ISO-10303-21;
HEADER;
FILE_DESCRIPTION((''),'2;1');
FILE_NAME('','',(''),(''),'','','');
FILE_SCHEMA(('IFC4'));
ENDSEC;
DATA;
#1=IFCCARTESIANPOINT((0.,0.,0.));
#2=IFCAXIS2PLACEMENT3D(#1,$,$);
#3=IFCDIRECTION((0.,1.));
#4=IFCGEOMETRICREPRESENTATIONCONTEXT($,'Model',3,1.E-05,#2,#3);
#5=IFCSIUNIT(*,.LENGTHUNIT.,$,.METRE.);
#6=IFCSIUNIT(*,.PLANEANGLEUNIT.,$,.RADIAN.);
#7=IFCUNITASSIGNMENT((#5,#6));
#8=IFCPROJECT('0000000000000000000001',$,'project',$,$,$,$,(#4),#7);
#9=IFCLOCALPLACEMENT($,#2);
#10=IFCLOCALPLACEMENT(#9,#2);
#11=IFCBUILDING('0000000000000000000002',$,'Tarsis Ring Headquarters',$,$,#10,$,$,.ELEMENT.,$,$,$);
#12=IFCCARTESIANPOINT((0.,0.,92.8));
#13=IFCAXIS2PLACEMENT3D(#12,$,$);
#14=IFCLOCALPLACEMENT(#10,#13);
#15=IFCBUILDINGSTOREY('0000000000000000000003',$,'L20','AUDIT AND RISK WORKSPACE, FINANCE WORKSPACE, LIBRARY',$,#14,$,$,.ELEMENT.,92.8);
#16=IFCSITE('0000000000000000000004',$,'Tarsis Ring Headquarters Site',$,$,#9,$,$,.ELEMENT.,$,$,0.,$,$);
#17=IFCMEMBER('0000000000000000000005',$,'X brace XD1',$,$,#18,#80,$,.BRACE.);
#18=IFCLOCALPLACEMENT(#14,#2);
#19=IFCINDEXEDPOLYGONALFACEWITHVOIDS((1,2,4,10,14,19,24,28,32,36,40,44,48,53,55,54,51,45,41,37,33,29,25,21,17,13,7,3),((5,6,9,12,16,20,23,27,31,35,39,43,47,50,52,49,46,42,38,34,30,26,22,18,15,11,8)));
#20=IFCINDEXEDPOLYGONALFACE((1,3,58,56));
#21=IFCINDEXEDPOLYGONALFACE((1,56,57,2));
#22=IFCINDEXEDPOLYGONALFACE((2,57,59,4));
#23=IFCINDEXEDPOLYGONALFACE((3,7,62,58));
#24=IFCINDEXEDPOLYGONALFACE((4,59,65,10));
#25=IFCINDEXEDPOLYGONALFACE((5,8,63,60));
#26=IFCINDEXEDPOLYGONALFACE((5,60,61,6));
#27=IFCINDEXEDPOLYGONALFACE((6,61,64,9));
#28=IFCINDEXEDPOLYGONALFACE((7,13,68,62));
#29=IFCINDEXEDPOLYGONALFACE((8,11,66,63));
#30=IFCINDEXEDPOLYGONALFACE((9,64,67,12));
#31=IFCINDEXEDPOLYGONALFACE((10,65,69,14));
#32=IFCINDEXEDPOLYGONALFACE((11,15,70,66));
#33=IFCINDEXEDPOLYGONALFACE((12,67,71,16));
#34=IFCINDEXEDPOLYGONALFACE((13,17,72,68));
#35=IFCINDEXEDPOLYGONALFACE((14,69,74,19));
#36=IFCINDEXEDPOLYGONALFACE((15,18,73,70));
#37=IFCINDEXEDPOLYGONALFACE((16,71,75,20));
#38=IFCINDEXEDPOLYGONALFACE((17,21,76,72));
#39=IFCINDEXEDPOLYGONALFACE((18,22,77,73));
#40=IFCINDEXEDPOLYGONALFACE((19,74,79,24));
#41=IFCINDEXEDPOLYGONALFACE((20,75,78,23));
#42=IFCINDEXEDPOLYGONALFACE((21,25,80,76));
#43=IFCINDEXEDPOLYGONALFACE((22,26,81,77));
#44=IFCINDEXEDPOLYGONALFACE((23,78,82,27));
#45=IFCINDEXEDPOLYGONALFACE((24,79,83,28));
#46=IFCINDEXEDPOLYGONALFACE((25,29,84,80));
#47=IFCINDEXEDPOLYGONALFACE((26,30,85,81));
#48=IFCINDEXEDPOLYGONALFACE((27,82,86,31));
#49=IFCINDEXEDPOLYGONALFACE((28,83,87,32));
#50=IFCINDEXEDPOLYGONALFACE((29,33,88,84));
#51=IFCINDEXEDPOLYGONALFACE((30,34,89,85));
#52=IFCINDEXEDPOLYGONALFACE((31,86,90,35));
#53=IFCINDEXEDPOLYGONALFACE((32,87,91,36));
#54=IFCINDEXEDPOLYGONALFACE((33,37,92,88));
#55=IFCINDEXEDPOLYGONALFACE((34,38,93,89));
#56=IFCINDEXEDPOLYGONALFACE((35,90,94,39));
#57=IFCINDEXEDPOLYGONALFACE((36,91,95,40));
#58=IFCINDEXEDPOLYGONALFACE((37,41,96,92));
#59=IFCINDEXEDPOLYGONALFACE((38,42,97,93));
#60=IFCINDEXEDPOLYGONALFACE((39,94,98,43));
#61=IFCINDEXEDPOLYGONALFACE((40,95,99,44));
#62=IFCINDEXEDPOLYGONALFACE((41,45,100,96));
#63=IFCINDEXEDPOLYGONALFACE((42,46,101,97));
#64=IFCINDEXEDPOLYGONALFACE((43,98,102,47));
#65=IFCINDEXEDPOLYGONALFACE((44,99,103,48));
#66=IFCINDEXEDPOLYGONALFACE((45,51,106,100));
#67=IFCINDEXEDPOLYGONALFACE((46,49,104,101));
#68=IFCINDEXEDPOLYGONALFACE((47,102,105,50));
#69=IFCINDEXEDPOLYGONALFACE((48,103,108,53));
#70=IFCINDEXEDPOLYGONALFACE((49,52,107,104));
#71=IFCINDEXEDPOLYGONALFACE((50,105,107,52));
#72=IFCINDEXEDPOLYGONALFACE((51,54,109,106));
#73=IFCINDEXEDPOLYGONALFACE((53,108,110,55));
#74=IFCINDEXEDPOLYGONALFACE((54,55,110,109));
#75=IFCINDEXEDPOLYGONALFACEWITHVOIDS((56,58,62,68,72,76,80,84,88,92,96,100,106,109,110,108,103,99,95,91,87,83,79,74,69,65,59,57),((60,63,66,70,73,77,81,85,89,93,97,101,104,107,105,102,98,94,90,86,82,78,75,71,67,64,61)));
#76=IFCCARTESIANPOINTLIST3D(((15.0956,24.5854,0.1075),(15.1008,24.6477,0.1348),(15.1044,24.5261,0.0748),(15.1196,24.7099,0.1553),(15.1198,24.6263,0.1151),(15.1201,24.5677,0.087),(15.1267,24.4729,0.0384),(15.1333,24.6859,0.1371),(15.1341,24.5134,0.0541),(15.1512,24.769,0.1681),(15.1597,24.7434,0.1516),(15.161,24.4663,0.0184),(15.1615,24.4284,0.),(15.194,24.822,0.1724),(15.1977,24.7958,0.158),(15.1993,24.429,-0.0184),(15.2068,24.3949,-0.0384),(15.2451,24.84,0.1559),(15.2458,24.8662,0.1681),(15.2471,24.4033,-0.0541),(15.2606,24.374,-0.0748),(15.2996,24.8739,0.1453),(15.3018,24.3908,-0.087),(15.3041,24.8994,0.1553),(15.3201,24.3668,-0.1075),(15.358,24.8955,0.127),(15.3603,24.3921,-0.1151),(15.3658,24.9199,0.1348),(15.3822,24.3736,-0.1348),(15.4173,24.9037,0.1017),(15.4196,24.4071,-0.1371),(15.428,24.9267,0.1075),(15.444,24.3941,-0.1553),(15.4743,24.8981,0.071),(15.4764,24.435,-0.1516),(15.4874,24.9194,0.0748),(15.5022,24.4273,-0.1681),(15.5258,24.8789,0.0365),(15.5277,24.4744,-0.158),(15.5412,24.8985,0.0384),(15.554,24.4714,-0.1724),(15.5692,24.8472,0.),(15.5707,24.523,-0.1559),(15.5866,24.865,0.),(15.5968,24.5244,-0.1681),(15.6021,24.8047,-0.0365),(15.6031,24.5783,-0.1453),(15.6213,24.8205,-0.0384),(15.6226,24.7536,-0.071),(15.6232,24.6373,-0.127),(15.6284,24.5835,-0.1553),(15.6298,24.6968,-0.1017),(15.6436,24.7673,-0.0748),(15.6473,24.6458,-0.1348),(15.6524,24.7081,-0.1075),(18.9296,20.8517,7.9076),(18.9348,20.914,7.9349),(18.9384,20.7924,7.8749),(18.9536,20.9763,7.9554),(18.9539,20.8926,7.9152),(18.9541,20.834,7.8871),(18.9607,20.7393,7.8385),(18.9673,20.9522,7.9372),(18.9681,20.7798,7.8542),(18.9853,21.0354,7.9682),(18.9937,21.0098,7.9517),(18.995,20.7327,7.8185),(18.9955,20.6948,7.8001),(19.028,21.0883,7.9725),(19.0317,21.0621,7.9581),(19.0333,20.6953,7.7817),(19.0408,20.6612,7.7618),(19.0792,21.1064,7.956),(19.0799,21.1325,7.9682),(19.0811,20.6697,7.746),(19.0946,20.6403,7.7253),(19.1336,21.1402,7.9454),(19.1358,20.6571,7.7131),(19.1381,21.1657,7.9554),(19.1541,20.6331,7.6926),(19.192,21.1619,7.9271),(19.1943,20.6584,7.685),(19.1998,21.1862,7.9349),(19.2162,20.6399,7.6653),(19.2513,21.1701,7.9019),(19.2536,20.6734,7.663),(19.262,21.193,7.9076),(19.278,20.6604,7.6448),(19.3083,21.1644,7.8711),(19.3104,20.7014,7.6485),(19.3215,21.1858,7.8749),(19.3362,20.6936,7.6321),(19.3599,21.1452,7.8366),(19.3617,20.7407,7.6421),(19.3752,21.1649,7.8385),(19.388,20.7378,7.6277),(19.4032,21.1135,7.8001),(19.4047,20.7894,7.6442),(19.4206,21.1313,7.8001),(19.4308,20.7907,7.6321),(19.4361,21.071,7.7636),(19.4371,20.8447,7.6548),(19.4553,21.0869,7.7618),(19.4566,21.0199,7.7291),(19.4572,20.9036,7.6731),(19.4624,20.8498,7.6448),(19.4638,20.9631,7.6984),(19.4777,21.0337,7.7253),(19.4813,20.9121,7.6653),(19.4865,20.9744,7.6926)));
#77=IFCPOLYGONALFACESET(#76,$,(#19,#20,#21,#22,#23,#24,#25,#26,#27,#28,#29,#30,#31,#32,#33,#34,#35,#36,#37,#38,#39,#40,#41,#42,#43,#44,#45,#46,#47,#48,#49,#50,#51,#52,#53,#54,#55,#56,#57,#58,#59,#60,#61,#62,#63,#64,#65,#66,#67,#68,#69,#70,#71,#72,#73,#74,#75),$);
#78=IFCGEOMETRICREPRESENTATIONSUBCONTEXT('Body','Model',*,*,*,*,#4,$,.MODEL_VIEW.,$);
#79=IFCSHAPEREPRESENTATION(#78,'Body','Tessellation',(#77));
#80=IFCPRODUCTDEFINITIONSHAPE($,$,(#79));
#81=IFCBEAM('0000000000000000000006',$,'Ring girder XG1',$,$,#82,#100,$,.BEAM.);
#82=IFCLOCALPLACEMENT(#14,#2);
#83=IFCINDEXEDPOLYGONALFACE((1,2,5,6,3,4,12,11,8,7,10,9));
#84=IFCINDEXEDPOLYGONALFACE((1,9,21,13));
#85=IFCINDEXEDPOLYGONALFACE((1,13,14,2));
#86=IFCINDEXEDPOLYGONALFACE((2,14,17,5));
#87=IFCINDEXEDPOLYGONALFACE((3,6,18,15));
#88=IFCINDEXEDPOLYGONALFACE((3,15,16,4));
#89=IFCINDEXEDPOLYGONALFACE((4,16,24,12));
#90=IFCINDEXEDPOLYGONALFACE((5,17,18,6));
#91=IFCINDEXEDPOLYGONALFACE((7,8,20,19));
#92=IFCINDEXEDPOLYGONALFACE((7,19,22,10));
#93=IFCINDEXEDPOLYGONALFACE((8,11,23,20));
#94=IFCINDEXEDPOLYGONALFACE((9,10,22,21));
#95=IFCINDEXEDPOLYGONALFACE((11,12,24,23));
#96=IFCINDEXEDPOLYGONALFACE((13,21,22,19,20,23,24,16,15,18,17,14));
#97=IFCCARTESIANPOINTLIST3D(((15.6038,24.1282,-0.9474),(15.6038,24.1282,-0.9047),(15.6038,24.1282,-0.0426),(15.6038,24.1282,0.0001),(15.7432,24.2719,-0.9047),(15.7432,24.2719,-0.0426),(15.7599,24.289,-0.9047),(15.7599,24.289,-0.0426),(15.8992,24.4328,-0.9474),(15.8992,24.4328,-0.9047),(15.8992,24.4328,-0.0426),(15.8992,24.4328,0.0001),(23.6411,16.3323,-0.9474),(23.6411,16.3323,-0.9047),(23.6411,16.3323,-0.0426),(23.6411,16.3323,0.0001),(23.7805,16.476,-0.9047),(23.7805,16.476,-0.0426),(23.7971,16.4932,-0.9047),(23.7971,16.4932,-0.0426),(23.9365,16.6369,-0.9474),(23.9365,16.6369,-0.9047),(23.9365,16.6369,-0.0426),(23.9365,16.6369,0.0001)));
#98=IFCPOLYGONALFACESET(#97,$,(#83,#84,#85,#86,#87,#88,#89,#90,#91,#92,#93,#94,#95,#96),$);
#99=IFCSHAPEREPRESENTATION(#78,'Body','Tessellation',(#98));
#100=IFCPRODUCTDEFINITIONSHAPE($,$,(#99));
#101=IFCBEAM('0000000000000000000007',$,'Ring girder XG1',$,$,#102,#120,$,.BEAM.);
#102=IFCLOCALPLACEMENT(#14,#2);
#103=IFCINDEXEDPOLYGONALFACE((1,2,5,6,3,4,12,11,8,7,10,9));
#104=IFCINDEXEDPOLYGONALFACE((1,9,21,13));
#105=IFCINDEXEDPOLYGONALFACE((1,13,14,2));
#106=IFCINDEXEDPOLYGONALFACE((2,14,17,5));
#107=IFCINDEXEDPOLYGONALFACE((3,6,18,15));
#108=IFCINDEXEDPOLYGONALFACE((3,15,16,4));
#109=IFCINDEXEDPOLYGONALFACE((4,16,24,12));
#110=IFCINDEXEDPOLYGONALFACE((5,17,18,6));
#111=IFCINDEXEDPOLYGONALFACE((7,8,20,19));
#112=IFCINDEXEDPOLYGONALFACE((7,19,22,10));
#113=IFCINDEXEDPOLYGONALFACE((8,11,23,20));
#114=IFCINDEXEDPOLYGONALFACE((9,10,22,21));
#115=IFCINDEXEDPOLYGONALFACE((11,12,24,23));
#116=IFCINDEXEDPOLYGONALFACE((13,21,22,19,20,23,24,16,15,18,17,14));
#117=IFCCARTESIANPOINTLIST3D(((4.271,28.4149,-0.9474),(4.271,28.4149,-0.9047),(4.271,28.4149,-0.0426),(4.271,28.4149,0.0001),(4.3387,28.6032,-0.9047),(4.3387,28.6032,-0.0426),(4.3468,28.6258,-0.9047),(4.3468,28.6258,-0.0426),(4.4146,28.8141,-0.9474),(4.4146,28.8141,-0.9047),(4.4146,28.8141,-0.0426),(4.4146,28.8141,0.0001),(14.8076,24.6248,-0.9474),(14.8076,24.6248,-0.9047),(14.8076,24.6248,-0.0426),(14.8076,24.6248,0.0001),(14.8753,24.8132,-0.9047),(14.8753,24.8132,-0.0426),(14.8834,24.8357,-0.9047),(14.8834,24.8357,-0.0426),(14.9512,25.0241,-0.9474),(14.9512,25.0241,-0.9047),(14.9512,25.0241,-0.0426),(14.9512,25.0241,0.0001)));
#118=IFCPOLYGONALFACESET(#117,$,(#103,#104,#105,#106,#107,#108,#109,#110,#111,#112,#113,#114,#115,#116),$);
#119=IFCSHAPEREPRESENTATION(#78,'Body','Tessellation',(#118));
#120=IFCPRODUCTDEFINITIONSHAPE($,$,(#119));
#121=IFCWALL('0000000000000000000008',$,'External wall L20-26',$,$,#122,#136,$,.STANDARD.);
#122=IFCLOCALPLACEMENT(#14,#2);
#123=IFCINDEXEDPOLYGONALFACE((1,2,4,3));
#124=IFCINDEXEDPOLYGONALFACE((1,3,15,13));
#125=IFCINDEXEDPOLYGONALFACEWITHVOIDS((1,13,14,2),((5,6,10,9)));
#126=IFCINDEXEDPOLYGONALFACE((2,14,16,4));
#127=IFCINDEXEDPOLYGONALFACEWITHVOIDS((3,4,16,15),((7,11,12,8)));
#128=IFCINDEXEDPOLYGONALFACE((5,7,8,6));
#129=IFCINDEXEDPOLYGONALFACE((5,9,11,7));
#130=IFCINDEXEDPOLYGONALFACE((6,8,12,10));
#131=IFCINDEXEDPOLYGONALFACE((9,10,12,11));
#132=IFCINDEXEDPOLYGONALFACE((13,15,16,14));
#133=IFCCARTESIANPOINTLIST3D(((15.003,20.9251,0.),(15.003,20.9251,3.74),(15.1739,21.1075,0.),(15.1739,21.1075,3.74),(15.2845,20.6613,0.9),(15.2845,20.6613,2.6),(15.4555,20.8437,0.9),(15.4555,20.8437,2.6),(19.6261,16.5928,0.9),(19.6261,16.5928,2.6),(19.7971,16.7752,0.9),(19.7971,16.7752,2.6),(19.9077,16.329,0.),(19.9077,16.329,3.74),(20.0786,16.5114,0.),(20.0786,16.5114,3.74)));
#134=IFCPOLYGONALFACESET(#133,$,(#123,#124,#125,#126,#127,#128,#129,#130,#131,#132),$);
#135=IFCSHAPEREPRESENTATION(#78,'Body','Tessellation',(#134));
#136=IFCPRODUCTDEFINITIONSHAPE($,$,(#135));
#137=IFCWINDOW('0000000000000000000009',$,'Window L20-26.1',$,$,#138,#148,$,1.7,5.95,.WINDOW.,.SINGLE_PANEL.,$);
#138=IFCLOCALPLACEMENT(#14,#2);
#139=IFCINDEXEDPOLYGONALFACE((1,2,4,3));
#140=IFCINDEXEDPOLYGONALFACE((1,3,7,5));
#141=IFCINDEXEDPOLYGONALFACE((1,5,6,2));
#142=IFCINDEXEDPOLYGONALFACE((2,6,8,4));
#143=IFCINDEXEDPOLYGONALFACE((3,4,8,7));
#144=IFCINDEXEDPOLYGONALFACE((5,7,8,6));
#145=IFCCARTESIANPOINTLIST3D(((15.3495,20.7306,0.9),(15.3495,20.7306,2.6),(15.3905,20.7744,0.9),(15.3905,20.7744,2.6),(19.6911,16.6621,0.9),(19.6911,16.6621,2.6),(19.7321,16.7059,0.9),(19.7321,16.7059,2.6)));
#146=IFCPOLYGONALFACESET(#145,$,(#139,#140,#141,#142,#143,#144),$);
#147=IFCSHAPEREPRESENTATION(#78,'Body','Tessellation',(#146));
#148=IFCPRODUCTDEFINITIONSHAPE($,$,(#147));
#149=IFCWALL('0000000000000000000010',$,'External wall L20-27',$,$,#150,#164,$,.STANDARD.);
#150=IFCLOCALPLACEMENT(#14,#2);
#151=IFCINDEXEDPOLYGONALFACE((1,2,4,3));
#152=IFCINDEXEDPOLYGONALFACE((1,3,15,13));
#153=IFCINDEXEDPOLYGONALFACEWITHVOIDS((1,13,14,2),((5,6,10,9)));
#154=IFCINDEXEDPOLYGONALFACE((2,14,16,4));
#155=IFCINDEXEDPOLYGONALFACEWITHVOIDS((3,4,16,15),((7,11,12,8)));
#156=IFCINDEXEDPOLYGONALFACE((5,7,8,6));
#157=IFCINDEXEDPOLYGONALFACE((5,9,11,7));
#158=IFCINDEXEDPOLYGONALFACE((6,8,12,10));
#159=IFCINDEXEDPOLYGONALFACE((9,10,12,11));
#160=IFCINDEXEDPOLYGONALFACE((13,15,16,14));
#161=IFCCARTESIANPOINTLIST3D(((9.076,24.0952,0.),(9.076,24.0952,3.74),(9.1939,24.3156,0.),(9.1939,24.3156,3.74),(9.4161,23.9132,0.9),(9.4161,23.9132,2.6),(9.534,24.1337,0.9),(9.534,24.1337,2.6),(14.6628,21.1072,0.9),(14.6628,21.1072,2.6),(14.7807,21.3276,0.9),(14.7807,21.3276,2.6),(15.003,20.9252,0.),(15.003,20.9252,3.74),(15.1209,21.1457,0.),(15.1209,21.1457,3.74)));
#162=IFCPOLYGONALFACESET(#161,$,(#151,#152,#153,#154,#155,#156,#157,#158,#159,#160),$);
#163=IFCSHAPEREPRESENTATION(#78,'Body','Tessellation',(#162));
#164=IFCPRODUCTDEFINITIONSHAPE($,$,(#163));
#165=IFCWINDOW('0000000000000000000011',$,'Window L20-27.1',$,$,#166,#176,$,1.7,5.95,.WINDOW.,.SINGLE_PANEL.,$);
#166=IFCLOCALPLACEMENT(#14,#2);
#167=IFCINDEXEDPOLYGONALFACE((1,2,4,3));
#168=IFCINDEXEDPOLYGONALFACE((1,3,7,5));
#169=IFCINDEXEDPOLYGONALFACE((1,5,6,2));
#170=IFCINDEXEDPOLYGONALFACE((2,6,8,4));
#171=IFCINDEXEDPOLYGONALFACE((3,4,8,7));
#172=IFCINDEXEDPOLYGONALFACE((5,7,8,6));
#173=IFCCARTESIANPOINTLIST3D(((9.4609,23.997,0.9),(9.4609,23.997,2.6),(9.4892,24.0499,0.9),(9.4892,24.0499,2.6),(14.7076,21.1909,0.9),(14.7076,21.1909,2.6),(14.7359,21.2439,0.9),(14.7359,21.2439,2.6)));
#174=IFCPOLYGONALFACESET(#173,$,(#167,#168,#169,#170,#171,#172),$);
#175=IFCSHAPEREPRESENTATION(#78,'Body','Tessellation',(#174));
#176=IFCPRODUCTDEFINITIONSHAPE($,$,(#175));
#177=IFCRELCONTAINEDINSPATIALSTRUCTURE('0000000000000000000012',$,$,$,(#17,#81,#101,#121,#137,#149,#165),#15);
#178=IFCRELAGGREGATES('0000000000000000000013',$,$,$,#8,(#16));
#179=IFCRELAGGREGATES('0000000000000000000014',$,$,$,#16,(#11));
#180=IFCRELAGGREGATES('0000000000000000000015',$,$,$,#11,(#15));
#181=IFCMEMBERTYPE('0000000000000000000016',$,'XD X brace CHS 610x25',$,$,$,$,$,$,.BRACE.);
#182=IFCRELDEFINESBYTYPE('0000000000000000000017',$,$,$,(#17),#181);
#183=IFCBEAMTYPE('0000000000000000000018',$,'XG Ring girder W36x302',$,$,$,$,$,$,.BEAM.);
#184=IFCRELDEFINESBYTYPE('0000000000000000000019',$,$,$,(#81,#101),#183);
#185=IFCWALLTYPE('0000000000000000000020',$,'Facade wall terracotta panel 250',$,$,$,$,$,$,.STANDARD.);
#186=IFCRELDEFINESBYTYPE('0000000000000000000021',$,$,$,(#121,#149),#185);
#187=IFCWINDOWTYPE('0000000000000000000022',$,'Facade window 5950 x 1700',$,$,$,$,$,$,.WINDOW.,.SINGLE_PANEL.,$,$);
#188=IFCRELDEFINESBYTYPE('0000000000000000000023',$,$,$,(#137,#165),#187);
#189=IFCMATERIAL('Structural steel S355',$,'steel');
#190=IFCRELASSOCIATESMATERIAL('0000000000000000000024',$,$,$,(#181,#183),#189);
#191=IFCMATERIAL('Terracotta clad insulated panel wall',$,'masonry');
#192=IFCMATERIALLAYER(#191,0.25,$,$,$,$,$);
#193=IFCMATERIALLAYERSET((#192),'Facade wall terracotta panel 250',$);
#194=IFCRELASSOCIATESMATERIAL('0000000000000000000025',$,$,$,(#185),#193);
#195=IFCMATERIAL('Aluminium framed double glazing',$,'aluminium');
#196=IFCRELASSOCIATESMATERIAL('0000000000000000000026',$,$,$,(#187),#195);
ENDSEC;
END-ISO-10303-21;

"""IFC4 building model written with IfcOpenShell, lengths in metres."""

from ifc_helpers import new_model, si_unit, direction, frame, frame_2d, origin, origin_2d, place, context, subcontext, project, spatial, rectangle, hollow_circle, i_section, extrude, material, layer, layer_set, material_profile, profile_set, type_object, element, fill, save


model = new_model("IFC4")

# Units and contexts
model_context = context("Model", 3, precision=1e-05, world=origin(), true_north=direction((0.0, 1.0)))
body_context = subcontext(model_context, "Body", "Model", "MODEL_VIEW")
ifc_project = project(units=[si_unit("LENGTHUNIT", "METRE"), si_unit("PLANEANGLEUNIT", "RADIAN")], contexts=[model_context])

# Site, building, storey
site_placement = place(None, origin())
site = spatial("IfcSite", under=ifc_project, at=site_placement, Name="Tarsis Ring Headquarters Site", CompositionType="ELEMENT", RefElevation=0.0)
building_placement = place(site_placement, origin())
building = spatial("IfcBuilding", under=site, at=building_placement, Name="Tarsis Ring Headquarters", CompositionType="ELEMENT")
storey_placement = place(building_placement, frame((0.0, 0.0, 92.8)))
storey = spatial("IfcBuildingStorey", under=building, at=storey_placement, Name="L20", Description="AUDIT AND RISK WORKSPACE, FINANCE WORKSPACE, LIBRARY", CompositionType="ELEMENT", Elevation=92.8)

# Shared definitions
ifc_material_1 = material(Name="Structural steel S355", Category="steel")

# Member
ifc_material_profile_1 = material_profile(ifc_material_1, hollow_circle(Radius=0.3047, WallThickness=0.0249, at=origin_2d()), Name="CHS 610x25")
ifc_profile_set_1 = profile_set([ifc_material_profile_1], Name="Structural steel S355")
member_type = type_object("IfcMemberType", Name="XD X brace CHS 610x25", PredefinedType="BRACE", material=ifc_profile_set_1)
member_1_placement = place(storey_placement, frame((15.374, 24.6467, 0.0), z_axis=(0.405309, -0.394702, 0.824582), x_axis=(0.69767, 0.71642, 0.0)))
element("IfcMember", 1, at=member_1_placement, inside=storey, type_object=member_type, Name="X brace XD1", PredefinedType="BRACE", context=body_context, shape_type="SweptSolid", body=[
    extrude(hollow_circle(Radius=0.3047, WallThickness=0.0249, at=origin_2d()), origin(), (0.0, 0.0, 1.0), 9.4595),
])

# Beams
ifc_material_profile_2 = material_profile(ifc_material_1, i_section(OverallWidth=0.4243, OverallDepth=0.9475, WebThickness=0.0239, FlangeThickness=0.0427, at=origin_2d()), Name="W36x302")
ifc_profile_set_2 = profile_set([ifc_material_profile_2], Name="Structural steel S355")
beam_type_1 = type_object("IfcBeamType", Name="XG Ring girder W36x302", PredefinedType="BEAM", material=ifc_profile_set_2)
beam_1_placement = place(storey_placement, frame((23.7888, 16.4846, -0.4736), z_axis=(-0.717807, 0.696243, 0.0), x_axis=(-0.696243, -0.717807, 0.0)))
element("IfcBeam", 2, at=beam_1_placement, inside=storey, type_object=beam_type_1, Name="Ring girder XG1", PredefinedType="BEAM", context=body_context, shape_type="SweptSolid", body=[
    extrude(i_section(OverallWidth=0.4243, OverallDepth=0.9475, WebThickness=0.0239, FlangeThickness=0.0427, at=origin_2d()), origin(), (0.0, 0.0, 1.0), 11.197),
])
beam_2_placement = place(storey_placement, frame((14.8794, 24.8245, -0.4736), z_axis=(-0.940977, 0.338471, 0.0), x_axis=(-0.338471, -0.940977, 0.0)))
element("IfcBeam", 3, at=beam_2_placement, inside=storey, type_object=beam_type_1, Name="Ring girder XG1", PredefinedType="BEAM", context=body_context, shape_type="SweptSolid", body=[
    extrude(i_section(OverallWidth=0.4243, OverallDepth=0.9475, WebThickness=0.0239, FlangeThickness=0.0427, at=origin_2d()), origin(), (0.0, 0.0, 1.0), 11.1975),
])

# Walls, openings, windows
ifc_material_2 = material(Name="Terracotta clad insulated panel wall", Category="masonry")
ifc_layer = layer(ifc_material_2, 0.25)
ifc_layer_set = layer_set([ifc_layer], Name="Facade wall terracotta panel 250")
wall_type = type_object("IfcWallType", Name="Facade wall terracotta panel 250", PredefinedType="STANDARD", material=ifc_layer_set)
wall_1_placement = place(storey_placement, frame((19.9932, 16.4202, 0.0), z_axis=(0.0, 0.0, 1.0), x_axis=(-0.729689, 0.683779, 0.0)))
wall_1 = element("IfcWall", 4, at=wall_1_placement, inside=storey, type_object=wall_type, Name="External wall L20-26", PredefinedType="STANDARD", context=body_context, shape_type="SweptSolid", body=[
    extrude(rectangle(XDim=6.7217, YDim=0.25, at=frame_2d((3.3608, 0.0))), origin(), (0.0, 0.0, 1.0), 3.74),
])
opening_1_placement = place(wall_1_placement, frame((0.3857, 0.0, 0.8999)))
opening_1 = element("IfcOpeningElement", 5, at=opening_1_placement, cuts=wall_1, PredefinedType="OPENING", context=body_context, shape_type="SweptSolid", body=[
    extrude(rectangle(XDim=5.95, YDim=1.7, at=frame_2d((2.9751, 0.8501))), frame((0.0, 0.135, 0.0), z_axis=(0.0, -1.0, 0.0), x_axis=(1.0, 0.0, 0.0)), (0.0, 0.0, 1.0), 0.27),
])
ifc_material_3 = material(Name="Aluminium framed double glazing", Category="aluminium")
window_type = type_object("IfcWindowType", Name="Facade window 5950 x 1700", PartitioningType="SINGLE_PANEL", PredefinedType="WINDOW", material=ifc_material_3)
window_1_placement = place(opening_1_placement, origin())
window_1 = element("IfcWindow", 6, at=window_1_placement, inside=storey, type_object=window_type, Name="Window L20-26.1", OverallHeight=1.7, OverallWidth=5.95, PartitioningType="SINGLE_PANEL", PredefinedType="WINDOW", context=body_context, shape_type="SweptSolid", body=[
    extrude(rectangle(XDim=5.95, YDim=1.7, at=frame_2d((2.9751, 0.8501))), frame((0.0, 0.03, 0.0), z_axis=(0.0, -1.0, 0.0), x_axis=(1.0, 0.0, 0.0)), (0.0, 0.0, 1.0), 0.0601),
])
fill(opening_1, window_1)
wall_2_placement = place(storey_placement, frame((15.062, 21.0354, 0.0), z_axis=(0.0, 0.0, 1.0), x_axis=(-0.881805, 0.471613, 0.0)))
wall_2 = element("IfcWall", 7, at=wall_2_placement, inside=storey, type_object=wall_type, Name="External wall L20-27", PredefinedType="STANDARD", context=body_context, shape_type="SweptSolid", body=[
    extrude(rectangle(XDim=6.7214, YDim=0.25, at=frame_2d((3.3608, 0.0))), origin(), (0.0, 0.0, 1.0), 3.74),
])
opening_2_placement = place(wall_2_placement, frame((0.3857, 0.0, 0.8999)))
opening_2 = element("IfcOpeningElement", 8, at=opening_2_placement, cuts=wall_2, PredefinedType="OPENING", context=body_context, shape_type="SweptSolid", body=[
    extrude(rectangle(XDim=5.95, YDim=1.7, at=frame_2d((2.9751, 0.8501))), frame((0.0, 0.135, 0.0), z_axis=(0.0, -1.0, 0.0), x_axis=(1.0, 0.0, 0.0)), (0.0, 0.0, 1.0), 0.27),
])
window_2_placement = place(opening_2_placement, origin())
window_2 = element("IfcWindow", 9, at=window_2_placement, inside=storey, type_object=window_type, Name="Window L20-27.1", OverallHeight=1.7, OverallWidth=5.95, PartitioningType="SINGLE_PANEL", PredefinedType="WINDOW", context=body_context, shape_type="SweptSolid", body=[
    extrude(rectangle(XDim=5.95, YDim=1.7, at=frame_2d((2.9751, 0.8501))), frame((0.0, 0.03, 0.0), z_axis=(0.0, -1.0, 0.0), x_axis=(1.0, 0.0, 0.0)), (0.0, 0.0, 1.0), 0.0601),
])
fill(opening_2, window_2)

save(model, "model.ifc")
